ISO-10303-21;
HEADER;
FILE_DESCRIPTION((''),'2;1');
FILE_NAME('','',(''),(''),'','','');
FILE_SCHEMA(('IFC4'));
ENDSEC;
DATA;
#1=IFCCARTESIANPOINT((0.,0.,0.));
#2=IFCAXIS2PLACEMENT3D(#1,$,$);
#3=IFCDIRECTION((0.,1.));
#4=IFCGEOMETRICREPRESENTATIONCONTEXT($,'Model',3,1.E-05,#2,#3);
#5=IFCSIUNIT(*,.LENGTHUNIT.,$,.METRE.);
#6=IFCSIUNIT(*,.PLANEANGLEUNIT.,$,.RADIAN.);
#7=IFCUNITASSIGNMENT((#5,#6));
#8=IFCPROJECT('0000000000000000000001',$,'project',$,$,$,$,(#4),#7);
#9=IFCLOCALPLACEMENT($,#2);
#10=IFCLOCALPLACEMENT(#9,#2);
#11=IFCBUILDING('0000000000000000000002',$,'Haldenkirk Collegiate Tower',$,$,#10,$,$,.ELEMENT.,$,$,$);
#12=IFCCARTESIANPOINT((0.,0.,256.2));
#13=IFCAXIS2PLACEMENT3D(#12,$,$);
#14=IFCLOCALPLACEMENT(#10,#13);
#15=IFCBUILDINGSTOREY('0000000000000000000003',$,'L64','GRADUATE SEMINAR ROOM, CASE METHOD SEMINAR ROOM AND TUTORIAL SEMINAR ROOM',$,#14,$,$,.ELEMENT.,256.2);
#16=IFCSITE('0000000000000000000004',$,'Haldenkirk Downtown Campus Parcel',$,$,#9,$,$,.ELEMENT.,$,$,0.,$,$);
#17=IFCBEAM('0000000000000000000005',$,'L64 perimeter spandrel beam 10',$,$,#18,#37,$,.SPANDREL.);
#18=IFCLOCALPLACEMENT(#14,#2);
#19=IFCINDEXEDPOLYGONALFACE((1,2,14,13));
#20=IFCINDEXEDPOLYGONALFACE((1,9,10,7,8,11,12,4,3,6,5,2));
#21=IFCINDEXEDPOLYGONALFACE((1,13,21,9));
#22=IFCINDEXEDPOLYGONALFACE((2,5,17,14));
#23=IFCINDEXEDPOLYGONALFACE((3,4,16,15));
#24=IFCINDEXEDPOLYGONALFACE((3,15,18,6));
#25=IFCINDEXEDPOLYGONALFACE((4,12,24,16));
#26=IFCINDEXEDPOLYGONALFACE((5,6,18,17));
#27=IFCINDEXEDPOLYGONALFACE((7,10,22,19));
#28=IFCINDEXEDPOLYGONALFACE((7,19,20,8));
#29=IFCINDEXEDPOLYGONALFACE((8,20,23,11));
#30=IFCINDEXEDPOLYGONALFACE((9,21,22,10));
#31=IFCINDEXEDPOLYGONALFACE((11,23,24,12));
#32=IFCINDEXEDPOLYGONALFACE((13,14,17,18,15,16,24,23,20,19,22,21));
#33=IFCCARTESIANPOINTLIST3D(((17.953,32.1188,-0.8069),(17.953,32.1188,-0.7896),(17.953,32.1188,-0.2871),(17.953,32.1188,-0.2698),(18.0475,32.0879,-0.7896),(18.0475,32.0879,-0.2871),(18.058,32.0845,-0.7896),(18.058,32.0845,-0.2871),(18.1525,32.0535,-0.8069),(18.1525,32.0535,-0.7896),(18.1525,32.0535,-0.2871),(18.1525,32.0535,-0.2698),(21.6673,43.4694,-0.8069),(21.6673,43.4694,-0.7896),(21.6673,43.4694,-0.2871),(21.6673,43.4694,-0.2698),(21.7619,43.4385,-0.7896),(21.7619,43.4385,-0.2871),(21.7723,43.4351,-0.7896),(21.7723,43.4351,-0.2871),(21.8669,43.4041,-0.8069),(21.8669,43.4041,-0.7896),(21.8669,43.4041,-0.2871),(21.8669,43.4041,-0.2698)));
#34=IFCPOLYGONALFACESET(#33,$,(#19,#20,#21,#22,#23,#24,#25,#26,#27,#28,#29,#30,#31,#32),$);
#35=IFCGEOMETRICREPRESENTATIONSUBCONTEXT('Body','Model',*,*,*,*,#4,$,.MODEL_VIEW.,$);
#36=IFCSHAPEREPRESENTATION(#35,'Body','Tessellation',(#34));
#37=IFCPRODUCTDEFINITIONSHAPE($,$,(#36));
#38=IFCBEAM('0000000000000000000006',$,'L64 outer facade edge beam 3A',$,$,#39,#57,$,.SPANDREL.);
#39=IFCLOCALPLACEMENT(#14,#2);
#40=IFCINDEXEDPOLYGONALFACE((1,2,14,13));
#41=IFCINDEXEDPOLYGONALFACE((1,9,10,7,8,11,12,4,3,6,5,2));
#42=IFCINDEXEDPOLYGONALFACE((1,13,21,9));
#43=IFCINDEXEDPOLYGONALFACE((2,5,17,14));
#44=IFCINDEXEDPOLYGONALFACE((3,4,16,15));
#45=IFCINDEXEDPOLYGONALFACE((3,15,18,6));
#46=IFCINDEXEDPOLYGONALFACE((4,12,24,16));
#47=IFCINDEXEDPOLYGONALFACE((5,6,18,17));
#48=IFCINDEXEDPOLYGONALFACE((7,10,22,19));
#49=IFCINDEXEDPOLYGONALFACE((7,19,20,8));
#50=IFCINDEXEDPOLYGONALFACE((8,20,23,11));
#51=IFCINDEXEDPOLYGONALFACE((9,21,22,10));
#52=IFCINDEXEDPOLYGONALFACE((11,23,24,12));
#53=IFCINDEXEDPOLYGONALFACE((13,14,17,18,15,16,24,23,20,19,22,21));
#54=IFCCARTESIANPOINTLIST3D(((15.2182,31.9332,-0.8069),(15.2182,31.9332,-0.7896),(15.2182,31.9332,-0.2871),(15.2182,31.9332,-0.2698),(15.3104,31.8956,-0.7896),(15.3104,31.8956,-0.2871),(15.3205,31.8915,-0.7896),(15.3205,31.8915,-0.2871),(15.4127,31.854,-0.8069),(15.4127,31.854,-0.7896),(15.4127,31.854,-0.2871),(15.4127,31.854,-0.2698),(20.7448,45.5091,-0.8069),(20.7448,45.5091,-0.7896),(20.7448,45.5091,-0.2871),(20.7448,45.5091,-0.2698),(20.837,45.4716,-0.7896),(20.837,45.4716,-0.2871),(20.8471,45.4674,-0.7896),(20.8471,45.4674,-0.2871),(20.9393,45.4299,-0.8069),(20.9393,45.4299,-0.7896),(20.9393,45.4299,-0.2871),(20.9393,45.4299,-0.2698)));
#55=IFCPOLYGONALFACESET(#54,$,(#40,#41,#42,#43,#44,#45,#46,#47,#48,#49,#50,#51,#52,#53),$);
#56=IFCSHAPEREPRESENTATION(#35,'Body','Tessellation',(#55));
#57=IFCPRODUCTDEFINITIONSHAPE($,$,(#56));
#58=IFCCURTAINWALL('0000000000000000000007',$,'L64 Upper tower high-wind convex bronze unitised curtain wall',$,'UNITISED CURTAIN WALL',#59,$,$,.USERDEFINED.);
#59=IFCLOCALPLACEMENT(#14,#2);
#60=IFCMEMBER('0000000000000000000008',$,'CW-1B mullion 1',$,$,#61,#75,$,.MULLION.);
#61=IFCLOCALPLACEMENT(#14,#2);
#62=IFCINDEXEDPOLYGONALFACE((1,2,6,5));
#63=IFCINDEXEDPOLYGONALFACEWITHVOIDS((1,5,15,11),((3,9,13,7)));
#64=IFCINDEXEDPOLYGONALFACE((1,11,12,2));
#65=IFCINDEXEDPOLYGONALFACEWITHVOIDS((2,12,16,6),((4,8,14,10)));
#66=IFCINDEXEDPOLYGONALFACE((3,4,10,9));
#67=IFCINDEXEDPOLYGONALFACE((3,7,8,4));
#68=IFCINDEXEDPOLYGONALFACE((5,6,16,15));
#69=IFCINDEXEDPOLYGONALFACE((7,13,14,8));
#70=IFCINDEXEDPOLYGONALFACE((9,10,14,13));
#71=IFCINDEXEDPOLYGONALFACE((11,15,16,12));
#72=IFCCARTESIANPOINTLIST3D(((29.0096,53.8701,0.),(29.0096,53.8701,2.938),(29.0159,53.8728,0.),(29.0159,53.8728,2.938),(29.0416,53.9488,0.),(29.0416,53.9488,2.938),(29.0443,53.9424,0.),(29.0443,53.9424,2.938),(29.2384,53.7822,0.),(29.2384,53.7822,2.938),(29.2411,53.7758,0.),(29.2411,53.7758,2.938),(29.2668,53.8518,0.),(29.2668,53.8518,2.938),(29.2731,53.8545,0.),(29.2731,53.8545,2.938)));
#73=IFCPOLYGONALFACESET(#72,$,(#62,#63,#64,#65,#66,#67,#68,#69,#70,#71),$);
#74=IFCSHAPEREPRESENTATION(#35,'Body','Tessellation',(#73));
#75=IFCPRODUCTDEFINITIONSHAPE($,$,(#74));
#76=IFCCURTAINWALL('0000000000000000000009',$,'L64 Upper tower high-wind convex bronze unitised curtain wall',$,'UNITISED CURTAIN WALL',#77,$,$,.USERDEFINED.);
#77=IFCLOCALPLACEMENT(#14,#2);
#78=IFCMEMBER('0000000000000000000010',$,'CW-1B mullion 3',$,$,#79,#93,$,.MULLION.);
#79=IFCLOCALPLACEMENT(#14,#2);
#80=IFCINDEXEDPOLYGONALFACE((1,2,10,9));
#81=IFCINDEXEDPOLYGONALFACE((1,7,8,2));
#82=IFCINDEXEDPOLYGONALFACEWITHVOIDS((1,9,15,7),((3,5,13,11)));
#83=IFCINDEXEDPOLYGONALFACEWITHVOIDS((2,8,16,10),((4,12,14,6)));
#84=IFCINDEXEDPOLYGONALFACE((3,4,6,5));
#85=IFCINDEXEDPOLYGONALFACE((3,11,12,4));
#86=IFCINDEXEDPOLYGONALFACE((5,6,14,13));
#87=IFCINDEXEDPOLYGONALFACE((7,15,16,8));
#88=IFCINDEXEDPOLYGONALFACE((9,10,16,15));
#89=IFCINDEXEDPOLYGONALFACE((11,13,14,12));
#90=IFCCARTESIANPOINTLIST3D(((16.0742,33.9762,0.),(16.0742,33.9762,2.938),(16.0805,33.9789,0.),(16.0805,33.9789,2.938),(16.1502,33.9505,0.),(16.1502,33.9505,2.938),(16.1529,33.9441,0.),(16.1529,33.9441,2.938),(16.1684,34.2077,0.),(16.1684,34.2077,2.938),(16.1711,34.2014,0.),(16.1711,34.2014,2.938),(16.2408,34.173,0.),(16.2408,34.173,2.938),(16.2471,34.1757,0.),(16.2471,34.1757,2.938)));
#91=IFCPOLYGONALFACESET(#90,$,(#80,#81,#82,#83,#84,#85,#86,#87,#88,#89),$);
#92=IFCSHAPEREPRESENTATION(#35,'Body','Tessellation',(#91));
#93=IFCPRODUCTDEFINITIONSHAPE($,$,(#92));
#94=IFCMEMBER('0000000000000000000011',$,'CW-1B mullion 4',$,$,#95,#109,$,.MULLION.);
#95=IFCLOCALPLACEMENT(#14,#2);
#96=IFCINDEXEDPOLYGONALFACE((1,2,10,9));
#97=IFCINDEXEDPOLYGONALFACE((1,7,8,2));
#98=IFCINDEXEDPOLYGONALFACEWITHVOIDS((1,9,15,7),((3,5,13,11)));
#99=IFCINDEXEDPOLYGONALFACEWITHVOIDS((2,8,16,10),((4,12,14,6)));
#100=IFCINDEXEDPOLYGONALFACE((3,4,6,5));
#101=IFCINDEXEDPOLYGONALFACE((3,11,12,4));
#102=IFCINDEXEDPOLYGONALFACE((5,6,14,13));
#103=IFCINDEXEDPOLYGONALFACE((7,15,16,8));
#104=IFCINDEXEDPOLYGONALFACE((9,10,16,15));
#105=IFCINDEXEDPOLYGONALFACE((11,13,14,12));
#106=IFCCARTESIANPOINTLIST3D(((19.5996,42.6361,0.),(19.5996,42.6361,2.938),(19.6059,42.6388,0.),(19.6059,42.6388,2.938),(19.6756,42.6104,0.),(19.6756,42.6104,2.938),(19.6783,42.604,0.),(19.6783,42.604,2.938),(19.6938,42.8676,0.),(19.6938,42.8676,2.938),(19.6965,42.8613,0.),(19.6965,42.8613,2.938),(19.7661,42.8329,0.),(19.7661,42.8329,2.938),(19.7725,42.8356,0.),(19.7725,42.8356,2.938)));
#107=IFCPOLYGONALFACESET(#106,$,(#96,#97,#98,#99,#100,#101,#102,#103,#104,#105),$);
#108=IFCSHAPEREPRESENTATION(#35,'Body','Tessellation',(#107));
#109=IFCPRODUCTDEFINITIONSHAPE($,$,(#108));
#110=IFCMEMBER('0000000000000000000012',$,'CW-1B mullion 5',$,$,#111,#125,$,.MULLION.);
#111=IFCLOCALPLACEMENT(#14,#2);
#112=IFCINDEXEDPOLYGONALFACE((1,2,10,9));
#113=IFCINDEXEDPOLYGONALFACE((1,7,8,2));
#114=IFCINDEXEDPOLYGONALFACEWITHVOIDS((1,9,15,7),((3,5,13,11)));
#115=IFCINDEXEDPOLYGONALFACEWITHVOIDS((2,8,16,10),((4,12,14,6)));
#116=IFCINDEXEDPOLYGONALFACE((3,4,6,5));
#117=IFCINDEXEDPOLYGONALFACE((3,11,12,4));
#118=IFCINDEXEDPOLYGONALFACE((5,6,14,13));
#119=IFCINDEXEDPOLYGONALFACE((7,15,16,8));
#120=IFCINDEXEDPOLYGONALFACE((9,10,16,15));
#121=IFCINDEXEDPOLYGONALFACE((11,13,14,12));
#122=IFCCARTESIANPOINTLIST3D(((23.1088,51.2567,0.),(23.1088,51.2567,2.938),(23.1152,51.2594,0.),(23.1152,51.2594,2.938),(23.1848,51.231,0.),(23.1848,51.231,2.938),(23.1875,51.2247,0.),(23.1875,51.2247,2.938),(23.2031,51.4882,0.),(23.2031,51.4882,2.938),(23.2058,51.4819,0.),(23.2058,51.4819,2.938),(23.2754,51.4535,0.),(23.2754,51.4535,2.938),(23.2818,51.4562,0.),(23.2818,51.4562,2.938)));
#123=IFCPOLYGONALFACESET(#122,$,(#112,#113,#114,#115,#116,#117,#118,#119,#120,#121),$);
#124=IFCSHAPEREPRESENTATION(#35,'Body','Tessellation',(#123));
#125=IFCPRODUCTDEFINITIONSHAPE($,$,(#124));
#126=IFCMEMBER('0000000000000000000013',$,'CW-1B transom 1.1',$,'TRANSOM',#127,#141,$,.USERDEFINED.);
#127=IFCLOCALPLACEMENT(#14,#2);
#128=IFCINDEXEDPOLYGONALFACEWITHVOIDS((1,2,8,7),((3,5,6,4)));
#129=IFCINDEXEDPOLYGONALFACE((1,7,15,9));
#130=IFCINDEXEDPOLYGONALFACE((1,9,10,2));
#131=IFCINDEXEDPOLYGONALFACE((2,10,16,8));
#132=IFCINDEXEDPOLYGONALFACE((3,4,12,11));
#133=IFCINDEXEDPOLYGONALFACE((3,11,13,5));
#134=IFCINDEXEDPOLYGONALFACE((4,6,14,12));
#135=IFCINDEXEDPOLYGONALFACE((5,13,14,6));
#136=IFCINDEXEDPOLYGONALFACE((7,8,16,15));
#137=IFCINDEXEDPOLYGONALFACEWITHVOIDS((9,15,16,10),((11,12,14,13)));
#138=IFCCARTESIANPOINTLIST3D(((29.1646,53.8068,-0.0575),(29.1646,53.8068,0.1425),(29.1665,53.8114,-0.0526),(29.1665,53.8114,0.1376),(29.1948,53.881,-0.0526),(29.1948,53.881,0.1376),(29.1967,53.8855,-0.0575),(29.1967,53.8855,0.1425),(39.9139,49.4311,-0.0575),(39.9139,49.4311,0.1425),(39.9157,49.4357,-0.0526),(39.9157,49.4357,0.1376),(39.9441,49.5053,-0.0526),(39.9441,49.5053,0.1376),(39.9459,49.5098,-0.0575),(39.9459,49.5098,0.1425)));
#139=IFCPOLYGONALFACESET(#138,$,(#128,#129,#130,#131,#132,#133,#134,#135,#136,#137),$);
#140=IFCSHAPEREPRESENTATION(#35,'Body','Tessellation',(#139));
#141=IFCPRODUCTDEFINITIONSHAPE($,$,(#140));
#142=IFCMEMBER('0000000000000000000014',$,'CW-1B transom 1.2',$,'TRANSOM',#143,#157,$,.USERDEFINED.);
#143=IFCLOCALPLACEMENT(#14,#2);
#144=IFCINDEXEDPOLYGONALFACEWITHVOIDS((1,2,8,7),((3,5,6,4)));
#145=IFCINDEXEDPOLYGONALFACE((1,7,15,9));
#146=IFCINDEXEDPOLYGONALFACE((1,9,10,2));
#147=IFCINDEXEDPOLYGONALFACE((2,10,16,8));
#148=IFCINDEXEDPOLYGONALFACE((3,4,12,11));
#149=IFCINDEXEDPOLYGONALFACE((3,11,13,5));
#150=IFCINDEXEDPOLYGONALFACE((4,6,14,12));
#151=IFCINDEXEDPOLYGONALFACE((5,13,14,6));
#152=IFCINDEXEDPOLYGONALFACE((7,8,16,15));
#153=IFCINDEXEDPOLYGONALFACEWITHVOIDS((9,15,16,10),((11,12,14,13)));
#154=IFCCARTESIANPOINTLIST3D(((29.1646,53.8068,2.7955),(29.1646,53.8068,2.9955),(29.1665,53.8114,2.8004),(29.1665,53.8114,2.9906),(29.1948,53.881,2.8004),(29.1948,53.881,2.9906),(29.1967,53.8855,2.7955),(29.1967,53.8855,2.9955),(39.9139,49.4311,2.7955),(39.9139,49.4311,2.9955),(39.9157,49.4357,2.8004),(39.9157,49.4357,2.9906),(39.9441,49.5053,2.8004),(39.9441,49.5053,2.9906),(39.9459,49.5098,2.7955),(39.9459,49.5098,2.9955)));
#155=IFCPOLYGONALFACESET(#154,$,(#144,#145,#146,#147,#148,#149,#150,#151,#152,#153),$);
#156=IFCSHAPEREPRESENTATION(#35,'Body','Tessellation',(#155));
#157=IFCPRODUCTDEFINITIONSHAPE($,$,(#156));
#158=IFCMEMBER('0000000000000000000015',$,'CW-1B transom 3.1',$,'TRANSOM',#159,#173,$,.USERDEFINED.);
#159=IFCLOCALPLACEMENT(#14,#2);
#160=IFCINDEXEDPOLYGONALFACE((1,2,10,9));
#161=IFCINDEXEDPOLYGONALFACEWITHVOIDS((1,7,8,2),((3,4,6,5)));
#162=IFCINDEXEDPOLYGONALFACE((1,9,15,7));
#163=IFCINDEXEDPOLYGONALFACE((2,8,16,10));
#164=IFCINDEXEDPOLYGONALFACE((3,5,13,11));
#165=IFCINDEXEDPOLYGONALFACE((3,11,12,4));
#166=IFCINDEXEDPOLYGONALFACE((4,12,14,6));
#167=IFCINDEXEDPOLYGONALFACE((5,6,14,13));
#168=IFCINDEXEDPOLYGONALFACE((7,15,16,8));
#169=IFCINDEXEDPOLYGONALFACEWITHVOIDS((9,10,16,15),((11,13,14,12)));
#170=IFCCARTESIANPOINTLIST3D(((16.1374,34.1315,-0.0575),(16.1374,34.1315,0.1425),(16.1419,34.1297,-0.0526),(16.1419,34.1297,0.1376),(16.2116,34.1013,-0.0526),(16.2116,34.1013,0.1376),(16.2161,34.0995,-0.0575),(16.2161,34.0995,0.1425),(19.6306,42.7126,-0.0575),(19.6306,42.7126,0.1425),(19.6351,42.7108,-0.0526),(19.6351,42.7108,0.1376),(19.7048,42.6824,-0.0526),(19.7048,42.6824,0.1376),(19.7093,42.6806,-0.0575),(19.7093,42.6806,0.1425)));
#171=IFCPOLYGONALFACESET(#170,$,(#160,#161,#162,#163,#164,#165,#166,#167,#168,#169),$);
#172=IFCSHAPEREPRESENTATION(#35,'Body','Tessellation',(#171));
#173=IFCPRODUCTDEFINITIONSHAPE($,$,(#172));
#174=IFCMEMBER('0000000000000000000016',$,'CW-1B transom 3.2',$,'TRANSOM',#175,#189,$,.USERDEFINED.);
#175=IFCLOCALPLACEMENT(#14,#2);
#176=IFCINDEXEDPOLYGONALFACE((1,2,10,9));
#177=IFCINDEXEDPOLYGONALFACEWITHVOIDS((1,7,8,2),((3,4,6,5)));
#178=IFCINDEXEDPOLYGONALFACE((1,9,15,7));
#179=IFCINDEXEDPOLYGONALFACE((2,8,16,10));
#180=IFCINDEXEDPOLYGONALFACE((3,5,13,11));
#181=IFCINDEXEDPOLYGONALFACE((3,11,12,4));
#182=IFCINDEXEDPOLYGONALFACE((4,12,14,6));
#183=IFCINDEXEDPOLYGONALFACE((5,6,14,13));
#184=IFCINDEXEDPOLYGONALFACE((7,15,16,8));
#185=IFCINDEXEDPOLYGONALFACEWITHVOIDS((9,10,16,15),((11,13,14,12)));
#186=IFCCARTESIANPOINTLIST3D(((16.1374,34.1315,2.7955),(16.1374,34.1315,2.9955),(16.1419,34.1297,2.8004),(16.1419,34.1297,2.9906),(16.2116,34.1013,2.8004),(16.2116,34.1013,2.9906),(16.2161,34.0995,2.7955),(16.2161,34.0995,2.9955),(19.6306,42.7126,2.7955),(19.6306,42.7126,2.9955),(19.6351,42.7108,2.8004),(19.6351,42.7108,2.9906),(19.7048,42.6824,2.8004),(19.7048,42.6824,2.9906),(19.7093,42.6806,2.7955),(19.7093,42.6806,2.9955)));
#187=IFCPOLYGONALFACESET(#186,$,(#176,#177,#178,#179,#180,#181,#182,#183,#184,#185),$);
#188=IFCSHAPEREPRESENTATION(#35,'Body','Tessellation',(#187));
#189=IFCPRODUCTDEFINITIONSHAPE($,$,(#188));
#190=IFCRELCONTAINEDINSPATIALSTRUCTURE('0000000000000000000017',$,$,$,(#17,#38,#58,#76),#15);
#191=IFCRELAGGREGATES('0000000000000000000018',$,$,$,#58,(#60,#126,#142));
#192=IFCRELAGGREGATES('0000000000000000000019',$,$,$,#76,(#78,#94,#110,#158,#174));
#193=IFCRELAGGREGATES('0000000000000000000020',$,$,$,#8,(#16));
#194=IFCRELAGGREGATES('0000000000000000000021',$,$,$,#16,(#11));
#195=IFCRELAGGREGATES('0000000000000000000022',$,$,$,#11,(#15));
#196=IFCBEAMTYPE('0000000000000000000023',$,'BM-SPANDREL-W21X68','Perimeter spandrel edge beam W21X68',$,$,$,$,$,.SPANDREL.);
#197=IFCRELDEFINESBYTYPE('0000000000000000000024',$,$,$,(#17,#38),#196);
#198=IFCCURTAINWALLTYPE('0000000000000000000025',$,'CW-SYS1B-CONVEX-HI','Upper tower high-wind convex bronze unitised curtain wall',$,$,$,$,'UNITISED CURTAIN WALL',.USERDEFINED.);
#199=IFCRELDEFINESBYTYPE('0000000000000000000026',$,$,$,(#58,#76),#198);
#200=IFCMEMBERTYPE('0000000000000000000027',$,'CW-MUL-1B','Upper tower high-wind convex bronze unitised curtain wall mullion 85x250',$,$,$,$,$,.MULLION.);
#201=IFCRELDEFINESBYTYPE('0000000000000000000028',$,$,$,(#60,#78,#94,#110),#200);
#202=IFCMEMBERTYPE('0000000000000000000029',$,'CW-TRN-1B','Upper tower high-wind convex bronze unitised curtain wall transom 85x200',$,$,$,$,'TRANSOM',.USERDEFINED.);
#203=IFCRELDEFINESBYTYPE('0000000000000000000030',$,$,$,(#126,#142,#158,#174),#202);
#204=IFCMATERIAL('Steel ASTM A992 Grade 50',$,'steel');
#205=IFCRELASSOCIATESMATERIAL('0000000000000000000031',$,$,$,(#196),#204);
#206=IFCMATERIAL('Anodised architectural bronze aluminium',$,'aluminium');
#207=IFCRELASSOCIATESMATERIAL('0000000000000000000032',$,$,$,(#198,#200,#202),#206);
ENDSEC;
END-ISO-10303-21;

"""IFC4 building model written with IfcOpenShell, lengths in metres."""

from ifc_helpers import new_model, si_unit, direction, frame, origin, origin_2d, place, context, subcontext, project, spatial, hollow_rectangle, i_section, extrude, material, material_profile, profile_set, type_object, element, aggregate, save


model = new_model("IFC4")

# Units and contexts
model_context = context("Model", 3, precision=1e-05, world=origin(), true_north=direction((0.0, 1.0)))
body_context = subcontext(model_context, "Body", "Model", "MODEL_VIEW")
ifc_project = project(units=[si_unit("LENGTHUNIT", "METRE"), si_unit("PLANEANGLEUNIT", "RADIAN")], contexts=[model_context])

# Site, building, storey
site_placement = place(None, origin())
site = spatial("IfcSite", under=ifc_project, at=site_placement, Name="Haldenkirk Downtown Campus Parcel", CompositionType="ELEMENT", RefElevation=0.0)
building_placement = place(site_placement, origin())
building = spatial("IfcBuilding", under=site, at=building_placement, Name="Haldenkirk Collegiate Tower", CompositionType="ELEMENT")
storey_placement = place(building_placement, frame((0.0, 0.0, 256.2)))
storey = spatial("IfcBuildingStorey", under=building, at=storey_placement, Name="L64", Description="GRADUATE SEMINAR ROOM, CASE METHOD SEMINAR ROOM AND TUTORIAL SEMINAR ROOM", CompositionType="ELEMENT", Elevation=256.2)

# Beams
ifc_material_1 = material(Name="Steel ASTM A992 Grade 50", Category="steel")
ifc_material_profile_1 = material_profile(ifc_material_1, i_section(OverallWidth=0.21, OverallDepth=0.5371, WebThickness=0.011, FlangeThickness=0.0173, at=origin_2d()), Name="W21X68")
ifc_profile_set_1 = profile_set([ifc_material_profile_1], Name="Steel ASTM A992 Grade 50")
beam_type_1 = type_object("IfcBeamType", Name="BM-SPANDREL-W21X68", Description="Perimeter spandrel edge beam W21X68", PredefinedType="SPANDREL", material=ifc_profile_set_1)
beam_1_placement = place(storey_placement, frame((21.7671, 43.4368, -0.5383), z_axis=(-0.31101, -0.950407, 0.0), x_axis=(0.950407, -0.31101, 0.0)))
element("IfcBeam", 1, at=beam_1_placement, inside=storey, type_object=beam_type_1, Name="L64 perimeter spandrel beam 10", PredefinedType="SPANDREL", context=body_context, shape_type="SweptSolid", body=[
    extrude(i_section(OverallWidth=0.21, OverallDepth=0.5371, WebThickness=0.011, FlangeThickness=0.0173, at=origin_2d()), origin(), (0.0, 0.0, 1.0), 11.9429),
])
beam_2_placement = place(storey_placement, frame((20.842, 45.4695, -0.5383), z_axis=(-0.377044, -0.926195, 0.0), x_axis=(0.926195, -0.377044, 0.0)))
element("IfcBeam", 2, at=beam_2_placement, inside=storey, type_object=beam_type_1, Name="L64 outer facade edge beam 3A", PredefinedType="SPANDREL", context=body_context, shape_type="SweptSolid", body=[
    extrude(i_section(OverallWidth=0.21, OverallDepth=0.5371, WebThickness=0.011, FlangeThickness=0.0173, at=origin_2d()), origin(), (0.0, 0.0, 1.0), 14.6577),
])

# Curtain wall, member
ifc_material_2 = material(Name="Anodised architectural bronze aluminium", Category="aluminium")
curtain_wall_type = type_object("IfcCurtainWallType", Name="CW-SYS1B-CONVEX-HI", Description="Upper tower high-wind convex bronze unitised curtain wall", ElementType="UNITISED CURTAIN WALL", PredefinedType="USERDEFINED", material=ifc_material_2)
curtain_wall_1_placement = place(storey_placement, origin())
curtain_wall_1 = element("IfcCurtainWall", 3, at=curtain_wall_1_placement, inside=storey, type_object=curtain_wall_type, Name="L64 Upper tower high-wind convex bronze unitised curtain wall", ObjectType="UNITISED CURTAIN WALL", PredefinedType="USERDEFINED")
ifc_material_profile_2 = material_profile(ifc_material_2, hollow_rectangle(XDim=0.085, YDim=0.25, WallThickness=0.0049, at=origin_2d()), Name="CW-MUL-1B")
ifc_profile_set_2 = profile_set([ifc_material_profile_2], Name="Anodised architectural bronze aluminium")
member_type_1 = type_object("IfcMemberType", Name="CW-MUL-1B", Description="Upper tower high-wind convex bronze unitised curtain wall mullion 85x250", PredefinedType="MULLION", material=ifc_profile_set_2)
member_1_placement = place(storey_placement, frame((29.1414, 53.8623, 0.0), z_axis=(0.0, 0.0, 1.0), x_axis=(0.377034, 0.926199, 0.0)))
member_1 = element("IfcMember", 4, at=member_1_placement, type_object=member_type_1, Name="CW-1B mullion 1", PredefinedType="MULLION", context=body_context, shape_type="SweptSolid", body=[
    extrude(hollow_rectangle(XDim=0.085, YDim=0.25, WallThickness=0.0049, at=origin_2d()), origin(), (0.0, 0.0, 1.0), 2.938),
])

# Curtain wall, members
curtain_wall_2_placement = place(storey_placement, origin())
curtain_wall_2 = element("IfcCurtainWall", 5, at=curtain_wall_2_placement, inside=storey, type_object=curtain_wall_type, Name="L64 Upper tower high-wind convex bronze unitised curtain wall", ObjectType="UNITISED CURTAIN WALL", PredefinedType="USERDEFINED")
member_2_placement = place(storey_placement, frame((16.1606, 34.0759, 0.0), z_axis=(0.0, 0.0, 1.0), x_axis=(-0.926199, 0.377035, 0.0)))
member_2 = element("IfcMember", 6, at=member_2_placement, type_object=member_type_1, Name="CW-1B mullion 3", PredefinedType="MULLION", context=body_context, shape_type="SweptSolid", body=[
    extrude(hollow_rectangle(XDim=0.085, YDim=0.25, WallThickness=0.0049, at=origin_2d()), origin(), (0.0, 0.0, 1.0), 2.938),
])
member_3_placement = place(storey_placement, frame((19.686, 42.7358, 0.0), z_axis=(0.0, 0.0, 1.0), x_axis=(-0.926199, 0.377035, 0.0)))
member_3 = element("IfcMember", 7, at=member_3_placement, type_object=member_type_1, Name="CW-1B mullion 4", PredefinedType="MULLION", context=body_context, shape_type="SweptSolid", body=[
    extrude(hollow_rectangle(XDim=0.085, YDim=0.25, WallThickness=0.0049, at=origin_2d()), origin(), (0.0, 0.0, 1.0), 2.938),
])
member_4_placement = place(storey_placement, frame((23.1953, 51.3564, 0.0), z_axis=(0.0, 0.0, 1.0), x_axis=(-0.926199, 0.377035, 0.0)))
member_4 = element("IfcMember", 8, at=member_4_placement, type_object=member_type_1, Name="CW-1B mullion 5", PredefinedType="MULLION", context=body_context, shape_type="SweptSolid", body=[
    extrude(hollow_rectangle(XDim=0.085, YDim=0.25, WallThickness=0.0049, at=origin_2d()), origin(), (0.0, 0.0, 1.0), 2.938),
])

# Members
ifc_material_profile_3 = material_profile(ifc_material_2, hollow_rectangle(XDim=0.085, YDim=0.2, WallThickness=0.0049, at=origin_2d()), Name="CW-TRN-1B")
ifc_profile_set_3 = profile_set([ifc_material_profile_3], Name="Anodised architectural bronze aluminium")
member_type_2 = type_object("IfcMemberType", Name="CW-TRN-1B", Description="Upper tower high-wind convex bronze unitised curtain wall transom 85x200", ElementType="TRANSOM", PredefinedType="USERDEFINED", material=ifc_profile_set_3)
member_5_placement = place(storey_placement, frame((29.1807, 53.8462, 0.0425), z_axis=(0.926201, -0.377031, 0.0), x_axis=(0.377031, 0.926201, 0.0)))
member_5 = element("IfcMember", 9, at=member_5_placement, type_object=member_type_2, Name="CW-1B transom 1.1", ObjectType="TRANSOM", PredefinedType="USERDEFINED", context=body_context, shape_type="SweptSolid", body=[
    extrude(hollow_rectangle(XDim=0.085, YDim=0.2, WallThickness=0.0049, at=origin_2d()), origin(), (0.0, 0.0, 1.0), 11.6057),
])
member_6_placement = place(storey_placement, frame((29.1807, 53.8462, 2.8955), z_axis=(0.926201, -0.377031, 0.0), x_axis=(0.377031, 0.926201, 0.0)))
member_6 = element("IfcMember", 10, at=member_6_placement, type_object=member_type_2, Name="CW-1B transom 1.2", ObjectType="TRANSOM", PredefinedType="USERDEFINED", context=body_context, shape_type="SweptSolid", body=[
    extrude(hollow_rectangle(XDim=0.085, YDim=0.2, WallThickness=0.0049, at=origin_2d()), origin(), (0.0, 0.0, 1.0), 11.6057),
])
aggregate(curtain_wall_1, [member_1, member_5, member_6])
member_7_placement = place(storey_placement, frame((16.1768, 34.1155, 0.0425), z_axis=(0.377036, 0.926199, 0.0), x_axis=(-0.926199, 0.377036, 0.0)))
member_7 = element("IfcMember", 11, at=member_7_placement, type_object=member_type_2, Name="CW-1B transom 3.1", ObjectType="TRANSOM", PredefinedType="USERDEFINED", context=body_context, shape_type="SweptSolid", body=[
    extrude(hollow_rectangle(XDim=0.085, YDim=0.2, WallThickness=0.0049, at=origin_2d()), origin(), (0.0, 0.0, 1.0), 9.2649),
])
member_8_placement = place(storey_placement, frame((16.1768, 34.1155, 2.8955), z_axis=(0.377036, 0.926199, 0.0), x_axis=(-0.926199, 0.377036, 0.0)))
member_8 = element("IfcMember", 12, at=member_8_placement, type_object=member_type_2, Name="CW-1B transom 3.2", ObjectType="TRANSOM", PredefinedType="USERDEFINED", context=body_context, shape_type="SweptSolid", body=[
    extrude(hollow_rectangle(XDim=0.085, YDim=0.2, WallThickness=0.0049, at=origin_2d()), origin(), (0.0, 0.0, 1.0), 9.2649),
])

aggregate(curtain_wall_2, [member_2, member_3, member_4, member_7, member_8])

save(model, "model.ifc")
